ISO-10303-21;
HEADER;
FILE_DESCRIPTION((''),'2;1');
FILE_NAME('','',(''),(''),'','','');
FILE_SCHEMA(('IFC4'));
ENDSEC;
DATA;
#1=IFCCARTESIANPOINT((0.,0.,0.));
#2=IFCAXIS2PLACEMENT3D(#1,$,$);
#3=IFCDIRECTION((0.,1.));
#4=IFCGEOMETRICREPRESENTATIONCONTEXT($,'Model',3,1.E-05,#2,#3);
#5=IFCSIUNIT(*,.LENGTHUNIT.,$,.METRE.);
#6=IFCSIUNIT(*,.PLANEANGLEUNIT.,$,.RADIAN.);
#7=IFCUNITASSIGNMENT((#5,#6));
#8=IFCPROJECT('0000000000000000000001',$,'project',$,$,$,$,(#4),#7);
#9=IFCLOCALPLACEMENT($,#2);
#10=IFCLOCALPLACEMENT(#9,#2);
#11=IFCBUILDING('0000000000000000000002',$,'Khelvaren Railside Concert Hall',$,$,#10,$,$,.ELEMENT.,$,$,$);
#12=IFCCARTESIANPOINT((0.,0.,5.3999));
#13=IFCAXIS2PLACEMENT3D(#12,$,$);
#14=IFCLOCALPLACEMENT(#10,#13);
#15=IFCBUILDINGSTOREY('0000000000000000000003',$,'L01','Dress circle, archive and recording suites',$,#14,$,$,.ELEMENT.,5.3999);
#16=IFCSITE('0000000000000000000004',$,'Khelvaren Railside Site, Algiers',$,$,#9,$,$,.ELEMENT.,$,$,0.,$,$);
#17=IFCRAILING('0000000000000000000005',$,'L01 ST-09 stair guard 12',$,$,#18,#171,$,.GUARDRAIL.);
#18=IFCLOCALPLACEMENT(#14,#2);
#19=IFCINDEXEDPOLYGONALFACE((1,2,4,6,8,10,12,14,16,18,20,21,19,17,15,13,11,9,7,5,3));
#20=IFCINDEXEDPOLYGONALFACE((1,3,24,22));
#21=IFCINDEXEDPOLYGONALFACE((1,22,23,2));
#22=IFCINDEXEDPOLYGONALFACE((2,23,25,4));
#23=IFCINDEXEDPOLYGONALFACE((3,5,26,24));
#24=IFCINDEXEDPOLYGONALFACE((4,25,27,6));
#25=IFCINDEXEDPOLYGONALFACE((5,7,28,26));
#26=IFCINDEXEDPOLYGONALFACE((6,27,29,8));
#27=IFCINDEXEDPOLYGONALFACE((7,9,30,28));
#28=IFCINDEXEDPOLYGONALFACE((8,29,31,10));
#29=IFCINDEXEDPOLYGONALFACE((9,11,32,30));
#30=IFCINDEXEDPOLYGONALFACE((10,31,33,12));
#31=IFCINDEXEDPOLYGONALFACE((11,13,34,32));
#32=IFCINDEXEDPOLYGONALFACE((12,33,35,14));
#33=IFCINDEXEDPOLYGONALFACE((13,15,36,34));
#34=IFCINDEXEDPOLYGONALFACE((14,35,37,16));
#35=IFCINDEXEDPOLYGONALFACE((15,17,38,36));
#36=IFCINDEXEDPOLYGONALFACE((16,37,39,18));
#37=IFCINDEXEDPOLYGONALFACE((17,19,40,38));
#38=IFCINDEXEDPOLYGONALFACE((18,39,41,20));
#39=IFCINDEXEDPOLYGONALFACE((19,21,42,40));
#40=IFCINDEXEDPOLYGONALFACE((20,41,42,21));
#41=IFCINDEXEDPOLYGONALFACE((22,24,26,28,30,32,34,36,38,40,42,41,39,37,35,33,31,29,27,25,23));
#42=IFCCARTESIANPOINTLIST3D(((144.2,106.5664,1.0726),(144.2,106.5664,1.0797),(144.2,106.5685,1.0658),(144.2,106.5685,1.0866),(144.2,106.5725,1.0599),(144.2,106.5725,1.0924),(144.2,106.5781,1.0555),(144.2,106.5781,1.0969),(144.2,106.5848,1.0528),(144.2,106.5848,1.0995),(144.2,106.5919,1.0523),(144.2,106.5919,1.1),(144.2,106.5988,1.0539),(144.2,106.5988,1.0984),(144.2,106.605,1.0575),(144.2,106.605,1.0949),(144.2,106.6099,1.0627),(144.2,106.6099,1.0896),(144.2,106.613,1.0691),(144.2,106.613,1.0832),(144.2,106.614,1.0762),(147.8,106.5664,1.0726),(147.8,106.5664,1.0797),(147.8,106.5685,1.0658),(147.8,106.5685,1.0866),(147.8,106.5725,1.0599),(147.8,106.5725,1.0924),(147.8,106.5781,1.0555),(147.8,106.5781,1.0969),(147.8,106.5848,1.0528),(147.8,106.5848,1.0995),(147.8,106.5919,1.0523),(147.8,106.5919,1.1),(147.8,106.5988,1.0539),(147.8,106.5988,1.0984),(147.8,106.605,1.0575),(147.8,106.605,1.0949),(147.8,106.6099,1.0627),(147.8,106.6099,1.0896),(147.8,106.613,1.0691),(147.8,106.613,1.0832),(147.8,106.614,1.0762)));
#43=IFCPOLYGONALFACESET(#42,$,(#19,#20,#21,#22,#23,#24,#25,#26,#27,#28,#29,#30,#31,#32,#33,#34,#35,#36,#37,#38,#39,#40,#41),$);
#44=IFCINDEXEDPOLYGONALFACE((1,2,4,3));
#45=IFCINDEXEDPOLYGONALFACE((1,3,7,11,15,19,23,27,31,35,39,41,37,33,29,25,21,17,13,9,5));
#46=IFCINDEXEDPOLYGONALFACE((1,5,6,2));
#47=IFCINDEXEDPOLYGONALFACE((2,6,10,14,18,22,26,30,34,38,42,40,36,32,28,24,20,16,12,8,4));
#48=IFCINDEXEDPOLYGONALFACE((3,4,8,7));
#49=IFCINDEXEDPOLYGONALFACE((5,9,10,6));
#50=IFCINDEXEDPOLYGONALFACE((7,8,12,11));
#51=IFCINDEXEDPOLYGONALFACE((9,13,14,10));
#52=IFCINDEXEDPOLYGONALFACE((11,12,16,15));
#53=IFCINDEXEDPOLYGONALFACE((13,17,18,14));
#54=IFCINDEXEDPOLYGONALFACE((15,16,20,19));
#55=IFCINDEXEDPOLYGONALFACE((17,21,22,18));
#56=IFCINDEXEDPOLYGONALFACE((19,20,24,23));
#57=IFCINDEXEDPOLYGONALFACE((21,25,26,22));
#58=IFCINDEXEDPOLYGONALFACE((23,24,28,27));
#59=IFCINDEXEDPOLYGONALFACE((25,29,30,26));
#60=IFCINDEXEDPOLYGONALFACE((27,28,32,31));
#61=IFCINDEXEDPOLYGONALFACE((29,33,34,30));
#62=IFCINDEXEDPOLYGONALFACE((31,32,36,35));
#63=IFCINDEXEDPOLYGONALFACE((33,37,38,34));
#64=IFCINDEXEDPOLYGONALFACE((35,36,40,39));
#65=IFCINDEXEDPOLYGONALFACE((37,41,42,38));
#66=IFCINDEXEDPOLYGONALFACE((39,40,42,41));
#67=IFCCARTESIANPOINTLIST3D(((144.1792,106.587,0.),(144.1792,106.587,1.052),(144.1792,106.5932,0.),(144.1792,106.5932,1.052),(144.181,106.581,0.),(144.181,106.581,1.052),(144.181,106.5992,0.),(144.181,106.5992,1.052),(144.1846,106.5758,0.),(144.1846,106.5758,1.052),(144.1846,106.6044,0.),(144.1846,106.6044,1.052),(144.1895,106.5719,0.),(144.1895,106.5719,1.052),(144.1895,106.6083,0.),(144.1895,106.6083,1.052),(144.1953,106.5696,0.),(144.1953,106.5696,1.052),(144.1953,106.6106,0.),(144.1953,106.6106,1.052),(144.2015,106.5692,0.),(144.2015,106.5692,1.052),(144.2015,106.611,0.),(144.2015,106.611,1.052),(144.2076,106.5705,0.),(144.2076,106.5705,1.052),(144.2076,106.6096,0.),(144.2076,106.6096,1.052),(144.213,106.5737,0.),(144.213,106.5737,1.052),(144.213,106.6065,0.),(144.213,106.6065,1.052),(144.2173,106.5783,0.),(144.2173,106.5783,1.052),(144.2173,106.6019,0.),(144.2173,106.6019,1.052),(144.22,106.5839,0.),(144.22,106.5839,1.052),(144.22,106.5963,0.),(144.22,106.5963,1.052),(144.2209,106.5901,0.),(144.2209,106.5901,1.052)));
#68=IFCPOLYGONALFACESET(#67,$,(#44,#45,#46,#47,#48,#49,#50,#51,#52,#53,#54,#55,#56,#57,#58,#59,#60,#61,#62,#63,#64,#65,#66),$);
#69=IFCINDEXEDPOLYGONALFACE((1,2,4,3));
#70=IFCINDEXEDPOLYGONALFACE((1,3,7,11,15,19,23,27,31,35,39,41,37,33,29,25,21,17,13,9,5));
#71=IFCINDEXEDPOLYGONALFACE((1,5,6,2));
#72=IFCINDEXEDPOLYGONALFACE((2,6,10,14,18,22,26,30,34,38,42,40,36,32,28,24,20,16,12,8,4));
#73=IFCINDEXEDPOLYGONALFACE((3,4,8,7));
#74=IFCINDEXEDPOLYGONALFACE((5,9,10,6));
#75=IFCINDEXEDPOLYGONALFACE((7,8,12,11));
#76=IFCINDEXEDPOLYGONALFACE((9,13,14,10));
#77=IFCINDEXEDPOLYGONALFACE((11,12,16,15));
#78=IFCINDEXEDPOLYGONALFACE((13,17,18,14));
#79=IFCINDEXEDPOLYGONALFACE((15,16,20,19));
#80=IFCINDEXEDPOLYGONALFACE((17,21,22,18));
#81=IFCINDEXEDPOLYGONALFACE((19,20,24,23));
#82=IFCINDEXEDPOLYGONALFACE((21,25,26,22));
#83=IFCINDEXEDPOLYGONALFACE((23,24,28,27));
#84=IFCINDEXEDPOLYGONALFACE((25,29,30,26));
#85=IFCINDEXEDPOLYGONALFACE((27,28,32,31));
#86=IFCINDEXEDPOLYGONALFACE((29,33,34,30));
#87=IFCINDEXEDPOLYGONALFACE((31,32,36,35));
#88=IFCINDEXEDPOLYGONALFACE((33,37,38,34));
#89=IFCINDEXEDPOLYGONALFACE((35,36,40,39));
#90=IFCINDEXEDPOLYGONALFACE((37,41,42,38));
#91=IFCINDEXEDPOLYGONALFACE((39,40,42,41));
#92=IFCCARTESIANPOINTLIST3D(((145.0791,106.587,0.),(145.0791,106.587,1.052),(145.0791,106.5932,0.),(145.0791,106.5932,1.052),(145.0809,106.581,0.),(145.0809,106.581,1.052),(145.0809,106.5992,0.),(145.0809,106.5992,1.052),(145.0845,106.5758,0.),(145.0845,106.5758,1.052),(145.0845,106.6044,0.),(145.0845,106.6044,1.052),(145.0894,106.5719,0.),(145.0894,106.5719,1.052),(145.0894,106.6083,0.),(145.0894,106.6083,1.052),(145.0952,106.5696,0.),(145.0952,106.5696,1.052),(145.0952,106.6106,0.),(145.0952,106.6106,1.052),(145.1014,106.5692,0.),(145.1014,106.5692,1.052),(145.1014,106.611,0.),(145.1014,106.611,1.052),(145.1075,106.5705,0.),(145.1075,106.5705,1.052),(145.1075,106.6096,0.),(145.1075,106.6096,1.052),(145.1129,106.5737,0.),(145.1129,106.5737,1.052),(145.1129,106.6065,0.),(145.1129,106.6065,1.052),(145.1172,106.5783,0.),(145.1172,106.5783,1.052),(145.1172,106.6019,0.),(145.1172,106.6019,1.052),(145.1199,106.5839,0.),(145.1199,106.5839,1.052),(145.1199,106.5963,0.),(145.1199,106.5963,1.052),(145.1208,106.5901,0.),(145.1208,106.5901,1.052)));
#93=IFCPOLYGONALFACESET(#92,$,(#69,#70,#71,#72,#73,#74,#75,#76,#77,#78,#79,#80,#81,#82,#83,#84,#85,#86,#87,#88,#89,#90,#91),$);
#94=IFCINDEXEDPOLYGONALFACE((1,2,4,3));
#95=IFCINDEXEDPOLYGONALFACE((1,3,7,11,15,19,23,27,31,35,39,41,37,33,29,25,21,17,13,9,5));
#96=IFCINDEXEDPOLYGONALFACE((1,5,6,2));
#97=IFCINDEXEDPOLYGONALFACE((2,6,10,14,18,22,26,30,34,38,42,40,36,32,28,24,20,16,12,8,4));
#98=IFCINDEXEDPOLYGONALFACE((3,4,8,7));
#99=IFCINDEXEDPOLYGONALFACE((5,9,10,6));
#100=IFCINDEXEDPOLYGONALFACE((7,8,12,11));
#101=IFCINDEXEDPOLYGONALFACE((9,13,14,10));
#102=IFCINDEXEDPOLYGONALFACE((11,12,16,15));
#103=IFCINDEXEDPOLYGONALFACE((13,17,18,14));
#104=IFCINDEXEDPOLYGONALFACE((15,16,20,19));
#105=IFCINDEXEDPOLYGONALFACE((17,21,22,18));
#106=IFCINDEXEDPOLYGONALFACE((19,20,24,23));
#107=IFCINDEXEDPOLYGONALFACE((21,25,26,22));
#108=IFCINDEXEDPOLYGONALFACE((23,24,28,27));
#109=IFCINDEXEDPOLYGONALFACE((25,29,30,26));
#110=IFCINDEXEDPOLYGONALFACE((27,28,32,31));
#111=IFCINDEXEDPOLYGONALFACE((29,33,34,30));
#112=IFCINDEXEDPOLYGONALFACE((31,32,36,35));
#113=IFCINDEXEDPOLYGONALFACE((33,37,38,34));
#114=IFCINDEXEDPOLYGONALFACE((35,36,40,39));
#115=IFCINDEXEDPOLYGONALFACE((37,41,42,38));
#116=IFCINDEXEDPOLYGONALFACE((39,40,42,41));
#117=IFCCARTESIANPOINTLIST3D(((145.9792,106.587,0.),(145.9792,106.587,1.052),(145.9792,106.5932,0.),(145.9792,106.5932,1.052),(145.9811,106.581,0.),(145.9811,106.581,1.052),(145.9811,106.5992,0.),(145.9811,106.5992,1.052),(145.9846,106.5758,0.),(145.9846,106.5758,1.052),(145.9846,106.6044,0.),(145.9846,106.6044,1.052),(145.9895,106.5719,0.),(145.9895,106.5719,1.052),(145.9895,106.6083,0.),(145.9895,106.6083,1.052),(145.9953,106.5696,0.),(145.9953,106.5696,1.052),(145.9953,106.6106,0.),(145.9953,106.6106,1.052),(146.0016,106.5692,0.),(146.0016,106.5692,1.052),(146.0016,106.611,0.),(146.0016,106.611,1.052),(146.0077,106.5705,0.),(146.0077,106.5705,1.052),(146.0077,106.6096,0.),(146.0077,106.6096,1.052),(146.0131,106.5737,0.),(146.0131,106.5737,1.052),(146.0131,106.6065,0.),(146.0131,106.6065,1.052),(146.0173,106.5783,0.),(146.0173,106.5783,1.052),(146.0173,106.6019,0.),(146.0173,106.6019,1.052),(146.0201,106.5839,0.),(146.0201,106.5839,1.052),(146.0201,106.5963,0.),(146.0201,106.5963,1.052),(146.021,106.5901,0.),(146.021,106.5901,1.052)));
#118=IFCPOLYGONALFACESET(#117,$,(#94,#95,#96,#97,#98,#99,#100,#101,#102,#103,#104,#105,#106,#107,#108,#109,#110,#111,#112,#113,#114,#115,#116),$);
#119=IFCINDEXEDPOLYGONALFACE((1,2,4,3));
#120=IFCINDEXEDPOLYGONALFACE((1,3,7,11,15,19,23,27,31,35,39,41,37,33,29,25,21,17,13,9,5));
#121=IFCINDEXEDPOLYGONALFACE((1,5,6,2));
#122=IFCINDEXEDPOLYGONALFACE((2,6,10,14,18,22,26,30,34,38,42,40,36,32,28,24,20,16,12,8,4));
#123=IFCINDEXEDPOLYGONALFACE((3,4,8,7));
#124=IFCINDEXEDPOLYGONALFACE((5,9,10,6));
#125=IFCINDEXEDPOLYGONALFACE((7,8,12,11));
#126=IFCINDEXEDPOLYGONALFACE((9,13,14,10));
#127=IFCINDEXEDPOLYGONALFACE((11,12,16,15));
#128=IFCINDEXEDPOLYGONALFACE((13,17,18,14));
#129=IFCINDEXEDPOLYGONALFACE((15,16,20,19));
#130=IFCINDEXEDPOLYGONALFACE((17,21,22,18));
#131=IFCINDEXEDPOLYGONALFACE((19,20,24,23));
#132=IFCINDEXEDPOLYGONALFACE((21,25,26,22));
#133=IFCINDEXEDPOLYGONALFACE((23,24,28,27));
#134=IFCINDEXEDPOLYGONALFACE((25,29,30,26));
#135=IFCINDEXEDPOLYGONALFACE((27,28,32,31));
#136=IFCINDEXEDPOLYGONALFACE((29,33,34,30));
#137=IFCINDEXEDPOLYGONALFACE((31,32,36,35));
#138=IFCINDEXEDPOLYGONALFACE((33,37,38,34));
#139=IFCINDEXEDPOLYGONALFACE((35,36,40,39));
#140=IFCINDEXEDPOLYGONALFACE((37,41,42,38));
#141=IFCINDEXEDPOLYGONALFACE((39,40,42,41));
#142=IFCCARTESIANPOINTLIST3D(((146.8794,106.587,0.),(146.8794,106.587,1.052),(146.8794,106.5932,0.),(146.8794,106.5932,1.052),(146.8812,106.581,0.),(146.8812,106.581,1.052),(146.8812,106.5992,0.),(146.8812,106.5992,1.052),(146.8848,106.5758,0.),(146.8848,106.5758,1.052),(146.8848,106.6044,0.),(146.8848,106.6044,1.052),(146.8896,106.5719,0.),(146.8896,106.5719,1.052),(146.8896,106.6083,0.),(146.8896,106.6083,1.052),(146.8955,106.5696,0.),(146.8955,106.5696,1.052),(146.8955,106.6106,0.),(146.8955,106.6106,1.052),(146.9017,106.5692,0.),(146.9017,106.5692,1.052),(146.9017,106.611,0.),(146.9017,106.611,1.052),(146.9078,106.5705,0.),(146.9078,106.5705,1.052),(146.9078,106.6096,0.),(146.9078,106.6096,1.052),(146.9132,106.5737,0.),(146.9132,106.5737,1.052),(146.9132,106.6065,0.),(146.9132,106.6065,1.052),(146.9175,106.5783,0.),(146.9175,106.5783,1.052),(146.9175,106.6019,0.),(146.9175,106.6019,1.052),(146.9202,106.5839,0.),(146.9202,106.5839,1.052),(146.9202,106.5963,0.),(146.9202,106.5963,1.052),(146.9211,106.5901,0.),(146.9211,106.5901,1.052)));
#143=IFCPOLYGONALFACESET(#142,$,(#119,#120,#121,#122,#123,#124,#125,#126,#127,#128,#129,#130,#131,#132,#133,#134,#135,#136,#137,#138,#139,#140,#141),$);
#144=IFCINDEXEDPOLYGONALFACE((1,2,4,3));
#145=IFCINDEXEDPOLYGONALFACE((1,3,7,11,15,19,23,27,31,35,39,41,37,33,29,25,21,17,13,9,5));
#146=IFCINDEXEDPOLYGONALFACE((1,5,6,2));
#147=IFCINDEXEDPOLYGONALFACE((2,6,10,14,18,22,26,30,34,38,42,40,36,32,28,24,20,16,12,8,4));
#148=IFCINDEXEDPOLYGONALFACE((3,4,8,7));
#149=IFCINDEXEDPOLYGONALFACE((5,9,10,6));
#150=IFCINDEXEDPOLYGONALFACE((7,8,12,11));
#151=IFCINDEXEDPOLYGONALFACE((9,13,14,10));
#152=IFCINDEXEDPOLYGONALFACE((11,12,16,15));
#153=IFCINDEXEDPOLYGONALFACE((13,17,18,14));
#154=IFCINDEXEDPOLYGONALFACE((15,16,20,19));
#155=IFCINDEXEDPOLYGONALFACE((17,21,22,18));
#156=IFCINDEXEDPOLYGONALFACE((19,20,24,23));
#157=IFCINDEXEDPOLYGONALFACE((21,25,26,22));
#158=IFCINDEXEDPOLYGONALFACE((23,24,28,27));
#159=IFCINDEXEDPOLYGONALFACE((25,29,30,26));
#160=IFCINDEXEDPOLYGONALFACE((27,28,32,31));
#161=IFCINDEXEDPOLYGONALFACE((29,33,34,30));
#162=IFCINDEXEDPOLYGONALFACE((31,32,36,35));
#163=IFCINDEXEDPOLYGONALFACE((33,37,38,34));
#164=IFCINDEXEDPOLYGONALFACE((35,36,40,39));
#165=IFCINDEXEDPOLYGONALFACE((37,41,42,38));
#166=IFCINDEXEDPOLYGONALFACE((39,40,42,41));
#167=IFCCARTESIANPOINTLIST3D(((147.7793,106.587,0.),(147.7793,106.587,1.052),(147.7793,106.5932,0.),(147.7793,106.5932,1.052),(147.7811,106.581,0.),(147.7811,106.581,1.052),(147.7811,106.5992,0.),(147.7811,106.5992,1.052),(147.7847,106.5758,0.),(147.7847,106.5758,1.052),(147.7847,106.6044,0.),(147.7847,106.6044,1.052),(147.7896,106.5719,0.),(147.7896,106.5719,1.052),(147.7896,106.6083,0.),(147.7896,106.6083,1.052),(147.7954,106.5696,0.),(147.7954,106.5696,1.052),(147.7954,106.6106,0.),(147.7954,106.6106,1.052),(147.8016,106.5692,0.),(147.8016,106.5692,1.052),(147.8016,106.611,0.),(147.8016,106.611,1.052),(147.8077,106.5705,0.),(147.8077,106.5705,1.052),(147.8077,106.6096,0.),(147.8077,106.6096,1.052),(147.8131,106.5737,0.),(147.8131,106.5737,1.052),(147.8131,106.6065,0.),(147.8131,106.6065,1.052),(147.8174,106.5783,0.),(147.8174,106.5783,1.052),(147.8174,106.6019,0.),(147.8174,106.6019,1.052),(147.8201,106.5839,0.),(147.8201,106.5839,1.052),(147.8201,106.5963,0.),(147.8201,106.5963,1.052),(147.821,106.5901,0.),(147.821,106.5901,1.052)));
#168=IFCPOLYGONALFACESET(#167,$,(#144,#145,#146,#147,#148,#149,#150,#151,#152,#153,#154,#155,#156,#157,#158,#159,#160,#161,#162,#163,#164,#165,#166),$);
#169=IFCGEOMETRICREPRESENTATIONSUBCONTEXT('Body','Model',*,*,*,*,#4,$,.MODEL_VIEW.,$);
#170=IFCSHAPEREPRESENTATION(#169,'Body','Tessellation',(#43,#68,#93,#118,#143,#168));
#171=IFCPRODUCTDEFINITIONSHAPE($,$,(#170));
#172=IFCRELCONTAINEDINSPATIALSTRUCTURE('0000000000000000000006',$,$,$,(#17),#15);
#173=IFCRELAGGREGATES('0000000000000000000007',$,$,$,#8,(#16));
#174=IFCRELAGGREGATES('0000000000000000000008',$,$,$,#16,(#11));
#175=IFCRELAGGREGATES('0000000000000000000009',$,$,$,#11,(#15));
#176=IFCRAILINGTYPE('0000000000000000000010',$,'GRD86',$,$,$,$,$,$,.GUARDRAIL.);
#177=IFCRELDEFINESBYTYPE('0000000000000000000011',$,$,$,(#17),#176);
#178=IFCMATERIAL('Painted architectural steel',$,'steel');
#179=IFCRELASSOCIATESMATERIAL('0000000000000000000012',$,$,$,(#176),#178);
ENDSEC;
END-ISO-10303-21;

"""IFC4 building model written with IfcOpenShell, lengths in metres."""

from ifc_helpers import new_model, si_unit, direction, frame, origin, origin_2d, place, context, subcontext, project, spatial, circle, extrude, material, type_object, element, save


model = new_model("IFC4")

# Units and contexts
model_context = context("Model", 3, precision=1e-05, world=origin(), true_north=direction((0.0, 1.0)))
body_context = subcontext(model_context, "Body", "Model", "MODEL_VIEW")
ifc_project = project(units=[si_unit("LENGTHUNIT", "METRE"), si_unit("PLANEANGLEUNIT", "RADIAN")], contexts=[model_context])

# Site, building, storey
site_placement = place(None, origin())
site = spatial("IfcSite", under=ifc_project, at=site_placement, Name="Khelvaren Railside Site, Algiers", CompositionType="ELEMENT", RefElevation=0.0)
building_placement = place(site_placement, origin())
building = spatial("IfcBuilding", under=site, at=building_placement, Name="Khelvaren Railside Concert Hall", CompositionType="ELEMENT")
storey_placement = place(building_placement, frame((0.0, 0.0, 5.3999)))
storey = spatial("IfcBuildingStorey", under=building, at=storey_placement, Name="L01", Description="Dress circle, archive and recording suites", CompositionType="ELEMENT", Elevation=5.3999)

# Railing
ifc_material_1 = material(Name="Painted architectural steel", Category="steel")
railing_type_1 = type_object("IfcRailingType", Name="GRD86", PredefinedType="GUARDRAIL", material=ifc_material_1)
railing_1_placement = place(storey_placement, frame((144.2, 106.5901, 0.0)))
element("IfcRailing", 1, at=railing_1_placement, inside=storey, type_object=railing_type_1, Name="L01 ST-09 stair guard 12", PredefinedType="GUARDRAIL", context=body_context, shape_type="SweptSolid", body=[
    extrude(circle(Radius=0.0239, at=origin_2d()), frame((0.0, 0.0, 1.0762), z_axis=(1.0, 0.0, 0.0), x_axis=(0.0, 1.0, 0.0)), (0.0, 0.0, 1.0), 3.6001),
    extrude(circle(Radius=0.021, at=origin_2d()), origin(), (0.0, 0.0, 1.0), 1.052),
    extrude(circle(Radius=0.021, at=origin_2d()), frame((0.8999, 0.0, 0.0)), (0.0, 0.0, 1.0), 1.052),
    extrude(circle(Radius=0.021, at=origin_2d()), frame((1.8, 0.0, 0.0)), (0.0, 0.0, 1.0), 1.052),
    extrude(circle(Radius=0.021, at=origin_2d()), frame((2.7002, 0.0, 0.0)), (0.0, 0.0, 1.0), 1.052),
    extrude(circle(Radius=0.021, at=origin_2d()), frame((3.6001, 0.0, 0.0)), (0.0, 0.0, 1.0), 1.052),
])

save(model, "model.ifc")
